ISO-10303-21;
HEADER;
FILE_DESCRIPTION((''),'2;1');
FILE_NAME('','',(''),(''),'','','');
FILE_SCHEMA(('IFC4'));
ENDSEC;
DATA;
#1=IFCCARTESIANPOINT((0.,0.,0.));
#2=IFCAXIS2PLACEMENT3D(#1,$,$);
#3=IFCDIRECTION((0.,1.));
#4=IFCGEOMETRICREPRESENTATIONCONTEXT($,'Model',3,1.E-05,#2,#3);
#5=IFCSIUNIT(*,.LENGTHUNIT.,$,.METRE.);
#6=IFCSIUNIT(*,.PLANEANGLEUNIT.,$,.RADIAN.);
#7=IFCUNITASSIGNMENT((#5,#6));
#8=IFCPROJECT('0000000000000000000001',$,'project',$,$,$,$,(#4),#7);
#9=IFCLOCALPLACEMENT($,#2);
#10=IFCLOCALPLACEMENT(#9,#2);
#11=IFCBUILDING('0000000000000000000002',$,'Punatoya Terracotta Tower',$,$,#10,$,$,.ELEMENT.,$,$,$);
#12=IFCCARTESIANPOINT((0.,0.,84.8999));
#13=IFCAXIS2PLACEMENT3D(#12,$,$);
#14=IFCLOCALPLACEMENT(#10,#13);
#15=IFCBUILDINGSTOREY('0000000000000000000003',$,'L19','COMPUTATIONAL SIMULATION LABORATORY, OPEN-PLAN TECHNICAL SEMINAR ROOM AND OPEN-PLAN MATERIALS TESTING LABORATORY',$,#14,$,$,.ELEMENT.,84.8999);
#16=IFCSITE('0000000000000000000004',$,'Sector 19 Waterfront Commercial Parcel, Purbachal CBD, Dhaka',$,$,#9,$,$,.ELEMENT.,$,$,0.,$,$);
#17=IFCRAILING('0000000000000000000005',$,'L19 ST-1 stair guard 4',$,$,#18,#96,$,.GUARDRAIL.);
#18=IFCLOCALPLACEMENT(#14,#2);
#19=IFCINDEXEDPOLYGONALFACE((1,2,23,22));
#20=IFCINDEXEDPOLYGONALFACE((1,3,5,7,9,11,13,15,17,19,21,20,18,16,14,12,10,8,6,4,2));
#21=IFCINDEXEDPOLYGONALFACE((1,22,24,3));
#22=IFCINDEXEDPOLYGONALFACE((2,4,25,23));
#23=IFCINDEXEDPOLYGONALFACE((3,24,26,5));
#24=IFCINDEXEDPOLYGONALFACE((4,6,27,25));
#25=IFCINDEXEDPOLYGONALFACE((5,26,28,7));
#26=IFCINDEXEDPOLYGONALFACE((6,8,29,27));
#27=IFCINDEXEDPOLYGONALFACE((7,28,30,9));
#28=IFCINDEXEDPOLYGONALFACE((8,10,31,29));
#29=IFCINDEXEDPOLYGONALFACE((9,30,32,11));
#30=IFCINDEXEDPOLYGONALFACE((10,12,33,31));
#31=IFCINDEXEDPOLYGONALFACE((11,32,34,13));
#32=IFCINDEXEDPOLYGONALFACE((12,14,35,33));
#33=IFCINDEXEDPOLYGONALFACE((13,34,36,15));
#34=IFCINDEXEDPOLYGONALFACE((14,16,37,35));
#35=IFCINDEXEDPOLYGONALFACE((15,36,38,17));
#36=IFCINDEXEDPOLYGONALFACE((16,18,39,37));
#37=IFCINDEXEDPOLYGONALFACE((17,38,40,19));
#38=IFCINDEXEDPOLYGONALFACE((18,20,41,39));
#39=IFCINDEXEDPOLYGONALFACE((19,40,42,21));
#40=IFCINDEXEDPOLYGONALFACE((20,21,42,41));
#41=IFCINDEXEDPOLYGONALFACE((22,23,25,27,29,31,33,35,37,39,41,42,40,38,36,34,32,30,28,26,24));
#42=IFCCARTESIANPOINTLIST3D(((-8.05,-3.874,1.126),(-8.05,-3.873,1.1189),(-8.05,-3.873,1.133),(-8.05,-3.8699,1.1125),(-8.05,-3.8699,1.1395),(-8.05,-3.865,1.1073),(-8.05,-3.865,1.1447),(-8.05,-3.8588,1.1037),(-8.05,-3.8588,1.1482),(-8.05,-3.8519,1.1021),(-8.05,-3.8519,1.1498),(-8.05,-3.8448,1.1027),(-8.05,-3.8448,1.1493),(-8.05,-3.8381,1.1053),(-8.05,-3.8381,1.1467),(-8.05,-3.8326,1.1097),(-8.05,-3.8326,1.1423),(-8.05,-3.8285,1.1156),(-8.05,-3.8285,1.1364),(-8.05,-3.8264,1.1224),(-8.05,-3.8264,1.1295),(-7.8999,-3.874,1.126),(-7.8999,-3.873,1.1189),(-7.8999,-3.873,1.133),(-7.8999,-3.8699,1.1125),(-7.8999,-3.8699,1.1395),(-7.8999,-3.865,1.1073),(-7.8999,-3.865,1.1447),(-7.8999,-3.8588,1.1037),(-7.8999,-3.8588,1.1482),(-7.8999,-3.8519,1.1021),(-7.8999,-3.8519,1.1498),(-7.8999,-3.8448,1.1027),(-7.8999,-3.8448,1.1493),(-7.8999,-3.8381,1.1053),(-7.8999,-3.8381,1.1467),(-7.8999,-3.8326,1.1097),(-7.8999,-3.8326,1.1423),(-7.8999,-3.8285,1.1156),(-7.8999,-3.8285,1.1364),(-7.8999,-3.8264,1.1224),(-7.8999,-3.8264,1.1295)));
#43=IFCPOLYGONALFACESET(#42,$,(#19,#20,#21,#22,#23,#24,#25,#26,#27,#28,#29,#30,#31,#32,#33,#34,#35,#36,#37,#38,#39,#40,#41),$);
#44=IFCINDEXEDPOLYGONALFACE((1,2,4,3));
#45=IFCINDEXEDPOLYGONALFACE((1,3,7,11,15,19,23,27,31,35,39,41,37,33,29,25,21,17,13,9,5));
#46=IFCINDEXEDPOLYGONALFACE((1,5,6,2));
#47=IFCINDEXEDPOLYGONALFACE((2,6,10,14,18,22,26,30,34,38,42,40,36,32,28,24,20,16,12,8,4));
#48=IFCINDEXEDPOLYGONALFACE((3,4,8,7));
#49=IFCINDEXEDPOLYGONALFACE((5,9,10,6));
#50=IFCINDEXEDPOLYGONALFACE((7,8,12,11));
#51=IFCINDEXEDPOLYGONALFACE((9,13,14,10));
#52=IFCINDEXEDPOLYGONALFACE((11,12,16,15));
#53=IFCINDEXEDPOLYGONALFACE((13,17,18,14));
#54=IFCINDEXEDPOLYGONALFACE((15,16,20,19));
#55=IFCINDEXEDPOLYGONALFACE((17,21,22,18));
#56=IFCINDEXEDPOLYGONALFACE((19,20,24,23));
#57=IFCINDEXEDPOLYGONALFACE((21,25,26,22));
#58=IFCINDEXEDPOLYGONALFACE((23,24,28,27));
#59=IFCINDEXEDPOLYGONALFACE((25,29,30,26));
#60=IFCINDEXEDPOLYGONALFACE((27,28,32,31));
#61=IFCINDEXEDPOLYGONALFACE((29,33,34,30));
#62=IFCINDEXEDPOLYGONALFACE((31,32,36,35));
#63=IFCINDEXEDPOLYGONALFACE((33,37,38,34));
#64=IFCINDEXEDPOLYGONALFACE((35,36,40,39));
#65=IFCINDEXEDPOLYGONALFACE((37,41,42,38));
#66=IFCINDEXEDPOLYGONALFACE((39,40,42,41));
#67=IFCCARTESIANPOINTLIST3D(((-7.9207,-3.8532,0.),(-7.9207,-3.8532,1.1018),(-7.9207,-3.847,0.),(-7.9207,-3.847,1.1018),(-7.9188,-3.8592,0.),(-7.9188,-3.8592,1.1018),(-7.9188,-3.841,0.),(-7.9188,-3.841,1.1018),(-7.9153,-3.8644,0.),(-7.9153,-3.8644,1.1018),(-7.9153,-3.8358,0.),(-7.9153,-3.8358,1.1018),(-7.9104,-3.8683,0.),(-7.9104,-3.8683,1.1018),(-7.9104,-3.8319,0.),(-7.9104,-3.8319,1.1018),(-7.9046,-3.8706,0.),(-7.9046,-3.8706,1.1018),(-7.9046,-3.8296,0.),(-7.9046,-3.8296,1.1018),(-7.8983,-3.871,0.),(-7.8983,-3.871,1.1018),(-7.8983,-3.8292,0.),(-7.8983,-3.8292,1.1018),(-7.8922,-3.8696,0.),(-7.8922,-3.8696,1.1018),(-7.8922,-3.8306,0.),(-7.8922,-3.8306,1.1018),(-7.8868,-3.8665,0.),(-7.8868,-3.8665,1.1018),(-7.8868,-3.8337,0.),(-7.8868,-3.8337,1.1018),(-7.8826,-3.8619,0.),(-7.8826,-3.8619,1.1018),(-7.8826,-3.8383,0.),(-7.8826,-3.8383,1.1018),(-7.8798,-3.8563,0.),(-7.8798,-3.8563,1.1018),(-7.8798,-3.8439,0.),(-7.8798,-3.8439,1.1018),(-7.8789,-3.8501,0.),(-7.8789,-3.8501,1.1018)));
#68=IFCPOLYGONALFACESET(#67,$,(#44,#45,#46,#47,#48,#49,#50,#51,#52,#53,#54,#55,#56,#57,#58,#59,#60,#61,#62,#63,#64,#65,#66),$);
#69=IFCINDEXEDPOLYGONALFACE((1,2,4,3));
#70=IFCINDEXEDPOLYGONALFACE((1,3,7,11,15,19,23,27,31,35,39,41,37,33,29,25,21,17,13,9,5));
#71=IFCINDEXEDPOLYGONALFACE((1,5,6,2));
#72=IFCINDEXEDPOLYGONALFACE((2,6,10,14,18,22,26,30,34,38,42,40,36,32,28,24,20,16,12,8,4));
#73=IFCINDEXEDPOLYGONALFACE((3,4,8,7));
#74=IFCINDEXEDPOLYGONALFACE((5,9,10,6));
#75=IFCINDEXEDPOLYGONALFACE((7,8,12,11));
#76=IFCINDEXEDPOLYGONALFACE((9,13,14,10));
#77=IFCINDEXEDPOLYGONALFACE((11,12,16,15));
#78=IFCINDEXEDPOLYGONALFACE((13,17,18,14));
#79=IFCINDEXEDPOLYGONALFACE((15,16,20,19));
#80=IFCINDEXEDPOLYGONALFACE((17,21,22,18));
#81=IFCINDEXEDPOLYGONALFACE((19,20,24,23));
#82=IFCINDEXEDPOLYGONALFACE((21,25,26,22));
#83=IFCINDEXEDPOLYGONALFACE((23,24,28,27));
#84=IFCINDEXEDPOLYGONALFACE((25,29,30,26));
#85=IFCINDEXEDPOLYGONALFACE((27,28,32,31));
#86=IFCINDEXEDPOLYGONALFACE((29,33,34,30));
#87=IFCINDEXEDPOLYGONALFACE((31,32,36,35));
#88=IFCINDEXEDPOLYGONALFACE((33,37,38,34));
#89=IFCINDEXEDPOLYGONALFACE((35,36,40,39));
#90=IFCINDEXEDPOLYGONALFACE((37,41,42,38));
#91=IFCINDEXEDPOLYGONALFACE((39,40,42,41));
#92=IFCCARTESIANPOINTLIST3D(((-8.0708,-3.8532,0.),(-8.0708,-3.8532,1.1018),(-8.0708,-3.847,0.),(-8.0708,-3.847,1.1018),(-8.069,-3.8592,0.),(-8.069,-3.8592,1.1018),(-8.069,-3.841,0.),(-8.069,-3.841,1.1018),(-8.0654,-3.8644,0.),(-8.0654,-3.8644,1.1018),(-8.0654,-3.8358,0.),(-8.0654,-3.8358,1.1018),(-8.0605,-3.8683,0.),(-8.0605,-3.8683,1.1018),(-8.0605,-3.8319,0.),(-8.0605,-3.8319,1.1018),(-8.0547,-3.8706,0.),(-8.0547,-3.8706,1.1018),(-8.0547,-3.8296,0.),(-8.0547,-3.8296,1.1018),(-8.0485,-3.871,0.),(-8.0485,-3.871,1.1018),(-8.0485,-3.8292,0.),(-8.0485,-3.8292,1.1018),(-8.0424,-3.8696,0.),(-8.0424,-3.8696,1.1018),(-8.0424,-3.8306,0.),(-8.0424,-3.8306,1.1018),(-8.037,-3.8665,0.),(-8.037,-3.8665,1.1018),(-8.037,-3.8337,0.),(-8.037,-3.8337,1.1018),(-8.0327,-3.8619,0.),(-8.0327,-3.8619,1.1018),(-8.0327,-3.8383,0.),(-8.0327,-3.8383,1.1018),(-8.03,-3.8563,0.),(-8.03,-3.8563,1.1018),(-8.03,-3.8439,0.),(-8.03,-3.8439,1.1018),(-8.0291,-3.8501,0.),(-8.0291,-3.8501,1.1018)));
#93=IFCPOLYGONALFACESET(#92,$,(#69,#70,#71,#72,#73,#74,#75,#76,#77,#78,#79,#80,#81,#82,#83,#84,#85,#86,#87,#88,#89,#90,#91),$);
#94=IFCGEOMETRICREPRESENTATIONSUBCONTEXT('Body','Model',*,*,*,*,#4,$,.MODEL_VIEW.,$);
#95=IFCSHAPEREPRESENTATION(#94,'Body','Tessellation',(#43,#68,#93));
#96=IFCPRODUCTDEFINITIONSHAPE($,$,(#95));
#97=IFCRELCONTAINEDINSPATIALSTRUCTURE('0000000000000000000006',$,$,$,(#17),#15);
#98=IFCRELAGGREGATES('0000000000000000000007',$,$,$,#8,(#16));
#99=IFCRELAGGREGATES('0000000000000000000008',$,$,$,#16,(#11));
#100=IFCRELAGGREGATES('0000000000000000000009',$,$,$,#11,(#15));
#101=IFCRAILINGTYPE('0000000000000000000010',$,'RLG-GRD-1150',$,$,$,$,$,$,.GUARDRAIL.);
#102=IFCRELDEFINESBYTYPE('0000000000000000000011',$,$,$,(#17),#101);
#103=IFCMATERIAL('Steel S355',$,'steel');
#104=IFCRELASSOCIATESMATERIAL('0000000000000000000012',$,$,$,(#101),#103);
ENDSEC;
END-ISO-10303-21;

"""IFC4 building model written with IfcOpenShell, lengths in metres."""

from ifc_helpers import new_model, si_unit, direction, frame, origin, origin_2d, place, context, subcontext, project, spatial, circle, extrude, material, type_object, element, save


model = new_model("IFC4")

# Units and contexts
model_context = context("Model", 3, precision=1e-05, world=origin(), true_north=direction((0.0, 1.0)))
body_context = subcontext(model_context, "Body", "Model", "MODEL_VIEW")
ifc_project = project(units=[si_unit("LENGTHUNIT", "METRE"), si_unit("PLANEANGLEUNIT", "RADIAN")], contexts=[model_context])

# Site, building, storey
site_placement = place(None, origin())
site = spatial("IfcSite", under=ifc_project, at=site_placement, Name="Sector 19 Waterfront Commercial Parcel, Purbachal CBD, Dhaka", CompositionType="ELEMENT", RefElevation=0.0)
building_placement = place(site_placement, origin())
building = spatial("IfcBuilding", under=site, at=building_placement, Name="Punatoya Terracotta Tower", CompositionType="ELEMENT")
storey_placement = place(building_placement, frame((0.0, 0.0, 84.8999)))
storey = spatial("IfcBuildingStorey", under=building, at=storey_placement, Name="L19", Description="COMPUTATIONAL SIMULATION LABORATORY, OPEN-PLAN TECHNICAL SEMINAR ROOM AND OPEN-PLAN MATERIALS TESTING LABORATORY", CompositionType="ELEMENT", Elevation=84.8999)

# Railing
ifc_material_1 = material(Name="Steel S355", Category="steel")
railing_type_1 = type_object("IfcRailingType", Name="RLG-GRD-1150", PredefinedType="GUARDRAIL", material=ifc_material_1)
railing_1_placement = place(storey_placement, frame((-7.8999, -3.8501, 0.0)))
element("IfcRailing", 1, at=railing_1_placement, inside=storey, type_object=railing_type_1, Name="L19 ST-1 stair guard 4", PredefinedType="GUARDRAIL", context=body_context, shape_type="SweptSolid", body=[
    extrude(circle(Radius=0.0239, at=origin_2d()), frame((0.0, 0.0, 1.126), z_axis=(-1.0, 0.0, 0.0), x_axis=(0.0, -1.0, 0.0)), (0.0, 0.0, 1.0), 0.1501),
    extrude(circle(Radius=0.021, at=origin_2d()), origin(), (0.0, 0.0, 1.0), 1.1018),
    extrude(circle(Radius=0.021, at=origin_2d()), frame((-0.1501, 0.0, 0.0)), (0.0, 0.0, 1.0), 1.1018),
])

save(model, "model.ifc")
